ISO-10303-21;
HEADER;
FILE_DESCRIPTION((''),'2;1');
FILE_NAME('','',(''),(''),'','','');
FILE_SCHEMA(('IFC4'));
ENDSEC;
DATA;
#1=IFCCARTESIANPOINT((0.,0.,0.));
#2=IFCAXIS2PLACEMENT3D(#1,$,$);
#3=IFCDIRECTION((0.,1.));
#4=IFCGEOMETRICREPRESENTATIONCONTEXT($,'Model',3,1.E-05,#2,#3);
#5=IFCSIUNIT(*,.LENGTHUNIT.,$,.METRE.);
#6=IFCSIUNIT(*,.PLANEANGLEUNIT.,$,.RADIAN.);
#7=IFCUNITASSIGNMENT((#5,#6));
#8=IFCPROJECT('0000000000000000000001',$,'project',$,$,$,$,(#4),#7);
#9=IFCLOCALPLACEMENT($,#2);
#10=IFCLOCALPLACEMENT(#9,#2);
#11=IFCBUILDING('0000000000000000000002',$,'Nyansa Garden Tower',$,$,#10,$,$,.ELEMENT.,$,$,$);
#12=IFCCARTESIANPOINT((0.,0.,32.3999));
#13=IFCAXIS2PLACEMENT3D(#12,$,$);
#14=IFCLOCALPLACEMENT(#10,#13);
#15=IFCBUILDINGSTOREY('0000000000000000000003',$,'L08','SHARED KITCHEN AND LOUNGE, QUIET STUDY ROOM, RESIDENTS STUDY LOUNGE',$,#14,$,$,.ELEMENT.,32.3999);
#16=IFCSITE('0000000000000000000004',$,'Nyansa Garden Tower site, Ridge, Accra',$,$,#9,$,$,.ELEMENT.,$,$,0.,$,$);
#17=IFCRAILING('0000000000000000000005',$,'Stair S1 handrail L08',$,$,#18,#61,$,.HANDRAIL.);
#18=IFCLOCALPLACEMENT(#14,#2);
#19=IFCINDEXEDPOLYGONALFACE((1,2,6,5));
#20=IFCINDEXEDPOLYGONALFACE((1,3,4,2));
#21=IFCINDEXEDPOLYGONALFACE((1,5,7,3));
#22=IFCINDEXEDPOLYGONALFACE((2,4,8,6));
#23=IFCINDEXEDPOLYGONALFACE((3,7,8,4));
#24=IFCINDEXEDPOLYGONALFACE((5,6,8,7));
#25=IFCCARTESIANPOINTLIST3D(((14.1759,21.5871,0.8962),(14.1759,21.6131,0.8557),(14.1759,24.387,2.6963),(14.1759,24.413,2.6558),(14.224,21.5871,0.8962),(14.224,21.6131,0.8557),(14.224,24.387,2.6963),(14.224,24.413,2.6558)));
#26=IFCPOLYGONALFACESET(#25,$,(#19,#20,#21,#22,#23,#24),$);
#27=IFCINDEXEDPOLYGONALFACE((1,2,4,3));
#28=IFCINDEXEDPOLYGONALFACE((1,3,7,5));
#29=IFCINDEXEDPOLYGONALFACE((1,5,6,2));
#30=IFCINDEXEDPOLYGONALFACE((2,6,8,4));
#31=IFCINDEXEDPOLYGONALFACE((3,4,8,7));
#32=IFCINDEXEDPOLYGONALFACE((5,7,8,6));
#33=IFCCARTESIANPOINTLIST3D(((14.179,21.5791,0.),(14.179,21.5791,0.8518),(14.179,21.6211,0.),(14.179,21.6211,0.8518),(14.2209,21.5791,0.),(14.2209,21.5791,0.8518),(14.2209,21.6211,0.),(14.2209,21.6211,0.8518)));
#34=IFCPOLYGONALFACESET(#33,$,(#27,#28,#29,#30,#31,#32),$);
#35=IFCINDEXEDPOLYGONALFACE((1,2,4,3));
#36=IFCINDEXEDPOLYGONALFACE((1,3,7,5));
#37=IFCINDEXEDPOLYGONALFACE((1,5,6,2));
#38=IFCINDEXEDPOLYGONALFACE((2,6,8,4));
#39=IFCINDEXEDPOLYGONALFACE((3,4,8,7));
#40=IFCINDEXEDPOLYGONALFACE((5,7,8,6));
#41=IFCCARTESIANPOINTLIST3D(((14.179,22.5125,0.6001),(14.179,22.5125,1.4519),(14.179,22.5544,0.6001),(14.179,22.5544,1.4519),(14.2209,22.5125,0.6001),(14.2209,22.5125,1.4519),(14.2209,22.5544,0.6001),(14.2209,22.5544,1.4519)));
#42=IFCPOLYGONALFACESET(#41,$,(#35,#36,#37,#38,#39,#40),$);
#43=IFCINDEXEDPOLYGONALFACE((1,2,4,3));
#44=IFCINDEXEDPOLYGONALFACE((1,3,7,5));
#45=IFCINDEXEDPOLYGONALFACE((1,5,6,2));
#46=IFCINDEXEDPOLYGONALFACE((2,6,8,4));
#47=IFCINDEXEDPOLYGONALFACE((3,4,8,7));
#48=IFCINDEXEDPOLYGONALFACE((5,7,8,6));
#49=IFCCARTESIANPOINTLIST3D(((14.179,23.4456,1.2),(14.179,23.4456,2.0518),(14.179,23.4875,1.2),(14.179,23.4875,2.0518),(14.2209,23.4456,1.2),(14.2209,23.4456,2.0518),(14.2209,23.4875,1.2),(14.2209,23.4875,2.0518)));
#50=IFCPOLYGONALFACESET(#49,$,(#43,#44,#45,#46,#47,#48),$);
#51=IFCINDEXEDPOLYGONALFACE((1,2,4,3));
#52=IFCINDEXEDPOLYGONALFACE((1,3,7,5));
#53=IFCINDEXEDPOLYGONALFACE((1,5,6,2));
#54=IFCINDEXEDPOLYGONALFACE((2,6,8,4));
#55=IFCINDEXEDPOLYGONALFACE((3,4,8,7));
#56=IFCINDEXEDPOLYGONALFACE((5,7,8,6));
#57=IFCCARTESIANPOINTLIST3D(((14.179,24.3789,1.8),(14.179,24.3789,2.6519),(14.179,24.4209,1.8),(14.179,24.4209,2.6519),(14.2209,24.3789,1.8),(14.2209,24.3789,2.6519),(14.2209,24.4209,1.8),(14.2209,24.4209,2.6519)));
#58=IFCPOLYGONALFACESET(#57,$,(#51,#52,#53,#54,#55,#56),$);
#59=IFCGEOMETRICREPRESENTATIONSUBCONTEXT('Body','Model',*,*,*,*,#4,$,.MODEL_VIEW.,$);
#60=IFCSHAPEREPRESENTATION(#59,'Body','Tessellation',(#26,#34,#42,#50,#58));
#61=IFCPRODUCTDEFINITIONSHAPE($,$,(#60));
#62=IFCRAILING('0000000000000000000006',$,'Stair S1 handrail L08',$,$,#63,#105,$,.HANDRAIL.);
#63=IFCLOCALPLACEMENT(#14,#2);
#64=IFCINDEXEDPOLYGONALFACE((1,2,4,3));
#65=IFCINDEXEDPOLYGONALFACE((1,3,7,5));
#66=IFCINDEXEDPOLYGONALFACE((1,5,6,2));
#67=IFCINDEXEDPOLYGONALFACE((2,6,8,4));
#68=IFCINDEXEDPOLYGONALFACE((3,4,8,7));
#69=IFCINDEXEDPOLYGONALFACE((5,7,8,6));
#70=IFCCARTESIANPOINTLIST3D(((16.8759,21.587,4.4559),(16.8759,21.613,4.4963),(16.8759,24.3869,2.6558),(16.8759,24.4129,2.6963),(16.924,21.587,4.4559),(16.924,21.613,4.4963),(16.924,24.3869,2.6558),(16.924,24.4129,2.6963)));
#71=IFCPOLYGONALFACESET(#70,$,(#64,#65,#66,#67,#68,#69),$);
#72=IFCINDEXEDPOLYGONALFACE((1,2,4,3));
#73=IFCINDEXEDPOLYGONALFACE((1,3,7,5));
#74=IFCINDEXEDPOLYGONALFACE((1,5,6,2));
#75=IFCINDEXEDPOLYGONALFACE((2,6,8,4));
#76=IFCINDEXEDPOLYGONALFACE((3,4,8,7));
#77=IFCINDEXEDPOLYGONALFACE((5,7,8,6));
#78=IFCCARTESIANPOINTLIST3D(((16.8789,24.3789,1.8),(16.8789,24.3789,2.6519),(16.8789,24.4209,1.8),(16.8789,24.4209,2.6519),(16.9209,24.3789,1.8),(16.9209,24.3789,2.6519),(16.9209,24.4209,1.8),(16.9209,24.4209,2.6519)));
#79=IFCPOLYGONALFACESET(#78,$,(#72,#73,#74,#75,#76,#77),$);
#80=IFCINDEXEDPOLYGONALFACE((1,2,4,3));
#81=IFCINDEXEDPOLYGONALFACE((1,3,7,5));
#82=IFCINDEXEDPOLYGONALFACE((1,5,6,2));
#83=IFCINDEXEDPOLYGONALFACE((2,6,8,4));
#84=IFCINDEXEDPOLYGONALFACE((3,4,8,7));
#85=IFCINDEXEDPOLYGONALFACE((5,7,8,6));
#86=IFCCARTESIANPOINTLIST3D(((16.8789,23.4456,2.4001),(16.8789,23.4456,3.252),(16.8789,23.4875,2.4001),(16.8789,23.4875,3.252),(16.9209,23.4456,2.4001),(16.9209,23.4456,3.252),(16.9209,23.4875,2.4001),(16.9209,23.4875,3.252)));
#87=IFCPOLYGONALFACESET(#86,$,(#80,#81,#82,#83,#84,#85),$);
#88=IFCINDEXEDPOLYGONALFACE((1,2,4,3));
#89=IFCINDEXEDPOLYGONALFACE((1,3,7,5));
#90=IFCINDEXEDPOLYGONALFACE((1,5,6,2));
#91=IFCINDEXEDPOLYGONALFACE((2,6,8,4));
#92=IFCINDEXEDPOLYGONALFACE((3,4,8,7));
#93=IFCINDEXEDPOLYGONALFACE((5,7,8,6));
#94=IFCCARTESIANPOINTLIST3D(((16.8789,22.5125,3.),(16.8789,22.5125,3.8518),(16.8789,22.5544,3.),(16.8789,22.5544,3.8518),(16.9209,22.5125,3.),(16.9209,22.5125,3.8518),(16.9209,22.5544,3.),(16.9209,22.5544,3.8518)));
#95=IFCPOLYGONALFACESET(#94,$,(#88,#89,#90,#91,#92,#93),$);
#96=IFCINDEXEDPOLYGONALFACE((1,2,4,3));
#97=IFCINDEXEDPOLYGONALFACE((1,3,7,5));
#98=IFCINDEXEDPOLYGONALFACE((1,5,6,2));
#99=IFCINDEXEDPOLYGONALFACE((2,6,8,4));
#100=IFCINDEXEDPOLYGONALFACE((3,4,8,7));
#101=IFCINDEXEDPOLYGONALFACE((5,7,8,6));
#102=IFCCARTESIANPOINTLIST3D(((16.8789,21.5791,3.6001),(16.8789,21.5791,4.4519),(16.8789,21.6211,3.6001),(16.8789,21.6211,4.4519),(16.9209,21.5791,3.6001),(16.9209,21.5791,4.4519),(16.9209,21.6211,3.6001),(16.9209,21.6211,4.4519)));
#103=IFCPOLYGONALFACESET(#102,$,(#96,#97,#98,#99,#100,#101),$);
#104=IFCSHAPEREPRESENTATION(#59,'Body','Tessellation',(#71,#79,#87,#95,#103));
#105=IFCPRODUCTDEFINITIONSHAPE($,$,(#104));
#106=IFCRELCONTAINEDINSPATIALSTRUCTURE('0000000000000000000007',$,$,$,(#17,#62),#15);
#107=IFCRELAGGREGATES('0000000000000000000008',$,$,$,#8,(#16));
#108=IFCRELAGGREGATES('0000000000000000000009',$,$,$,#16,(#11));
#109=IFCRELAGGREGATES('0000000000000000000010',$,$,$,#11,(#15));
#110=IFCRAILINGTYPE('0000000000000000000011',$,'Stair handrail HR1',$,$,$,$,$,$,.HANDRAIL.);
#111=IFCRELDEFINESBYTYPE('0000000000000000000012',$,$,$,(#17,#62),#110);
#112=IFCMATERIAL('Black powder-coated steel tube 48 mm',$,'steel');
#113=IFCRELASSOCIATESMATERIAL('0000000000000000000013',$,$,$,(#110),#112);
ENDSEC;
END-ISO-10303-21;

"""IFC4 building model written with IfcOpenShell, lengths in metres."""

from ifc_helpers import new_model, si_unit, direction, frame, origin, origin_2d, place, context, subcontext, project, spatial, rectangle, extrude, material, type_object, element, save


model = new_model("IFC4")

# Units and contexts
model_context = context("Model", 3, precision=1e-05, world=origin(), true_north=direction((0.0, 1.0)))
body_context = subcontext(model_context, "Body", "Model", "MODEL_VIEW")
ifc_project = project(units=[si_unit("LENGTHUNIT", "METRE"), si_unit("PLANEANGLEUNIT", "RADIAN")], contexts=[model_context])

# Site, building, storey
site_placement = place(None, origin())
site = spatial("IfcSite", under=ifc_project, at=site_placement, Name="Nyansa Garden Tower site, Ridge, Accra", CompositionType="ELEMENT", RefElevation=0.0)
building_placement = place(site_placement, origin())
building = spatial("IfcBuilding", under=site, at=building_placement, Name="Nyansa Garden Tower", CompositionType="ELEMENT")
storey_placement = place(building_placement, frame((0.0, 0.0, 32.3999)))
storey = spatial("IfcBuildingStorey", under=building, at=storey_placement, Name="L08", Description="SHARED KITCHEN AND LOUNGE, QUIET STUDY ROOM, RESIDENTS STUDY LOUNGE", CompositionType="ELEMENT", Elevation=32.3999)

# Railings
ifc_material_1 = material(Name="Black powder-coated steel tube 48 mm", Category="steel")
railing_type = type_object("IfcRailingType", Name="Stair handrail HR1", PredefinedType="HANDRAIL", material=ifc_material_1)
railing_1_placement = place(storey_placement, frame((14.2, 21.6001, 0.0)))
element("IfcRailing", 1, at=railing_1_placement, inside=storey, type_object=railing_type, Name="Stair S1 handrail L08", PredefinedType="HANDRAIL", context=body_context, shape_type="SweptSolid", body=[
    extrude(rectangle(XDim=0.0481, YDim=0.0481, at=origin_2d()), frame((0.0, 0.0, 0.876), z_axis=(0.0, 0.841155, 0.540795), x_axis=(-1.0, 0.0, 0.0)), (0.0, 0.0, 1.0), 3.3286),
    extrude(rectangle(XDim=0.042, YDim=0.042, at=origin_2d()), origin(), (0.0, 0.0, 1.0), 0.8518),
    extrude(rectangle(XDim=0.042, YDim=0.042, at=origin_2d()), frame((0.0, 0.9333, 0.6001)), (0.0, 0.0, 1.0), 0.8518),
    extrude(rectangle(XDim=0.042, YDim=0.042, at=origin_2d()), frame((0.0, 1.8665, 1.2)), (0.0, 0.0, 1.0), 0.8518),
    extrude(rectangle(XDim=0.042, YDim=0.042, at=origin_2d()), frame((0.0, 2.7998, 1.8)), (0.0, 0.0, 1.0), 0.8518),
])
railing_2_placement = place(storey_placement, frame((16.8999, 24.3999, 1.8)))
element("IfcRailing", 2, at=railing_2_placement, inside=storey, type_object=railing_type, Name="Stair S1 handrail L08", PredefinedType="HANDRAIL", context=body_context, shape_type="SweptSolid", body=[
    extrude(rectangle(XDim=0.0481, YDim=0.0481, at=origin_2d()), frame((0.0, 0.0, 0.876), z_axis=(0.0, -0.841155, 0.540795), x_axis=(1.0, 0.0, 0.0)), (0.0, 0.0, 1.0), 3.3286),
    extrude(rectangle(XDim=0.042, YDim=0.042, at=origin_2d()), origin(), (0.0, 0.0, 1.0), 0.8518),
    extrude(rectangle(XDim=0.042, YDim=0.042, at=origin_2d()), frame((0.0, -0.9333, 0.6001)), (0.0, 0.0, 1.0), 0.8518),
    extrude(rectangle(XDim=0.042, YDim=0.042, at=origin_2d()), frame((0.0, -1.8665, 1.2)), (0.0, 0.0, 1.0), 0.8518),
    extrude(rectangle(XDim=0.042, YDim=0.042, at=origin_2d()), frame((0.0, -2.7998, 1.8)), (0.0, 0.0, 1.0), 0.8518),
])

save(model, "model.ifc")
